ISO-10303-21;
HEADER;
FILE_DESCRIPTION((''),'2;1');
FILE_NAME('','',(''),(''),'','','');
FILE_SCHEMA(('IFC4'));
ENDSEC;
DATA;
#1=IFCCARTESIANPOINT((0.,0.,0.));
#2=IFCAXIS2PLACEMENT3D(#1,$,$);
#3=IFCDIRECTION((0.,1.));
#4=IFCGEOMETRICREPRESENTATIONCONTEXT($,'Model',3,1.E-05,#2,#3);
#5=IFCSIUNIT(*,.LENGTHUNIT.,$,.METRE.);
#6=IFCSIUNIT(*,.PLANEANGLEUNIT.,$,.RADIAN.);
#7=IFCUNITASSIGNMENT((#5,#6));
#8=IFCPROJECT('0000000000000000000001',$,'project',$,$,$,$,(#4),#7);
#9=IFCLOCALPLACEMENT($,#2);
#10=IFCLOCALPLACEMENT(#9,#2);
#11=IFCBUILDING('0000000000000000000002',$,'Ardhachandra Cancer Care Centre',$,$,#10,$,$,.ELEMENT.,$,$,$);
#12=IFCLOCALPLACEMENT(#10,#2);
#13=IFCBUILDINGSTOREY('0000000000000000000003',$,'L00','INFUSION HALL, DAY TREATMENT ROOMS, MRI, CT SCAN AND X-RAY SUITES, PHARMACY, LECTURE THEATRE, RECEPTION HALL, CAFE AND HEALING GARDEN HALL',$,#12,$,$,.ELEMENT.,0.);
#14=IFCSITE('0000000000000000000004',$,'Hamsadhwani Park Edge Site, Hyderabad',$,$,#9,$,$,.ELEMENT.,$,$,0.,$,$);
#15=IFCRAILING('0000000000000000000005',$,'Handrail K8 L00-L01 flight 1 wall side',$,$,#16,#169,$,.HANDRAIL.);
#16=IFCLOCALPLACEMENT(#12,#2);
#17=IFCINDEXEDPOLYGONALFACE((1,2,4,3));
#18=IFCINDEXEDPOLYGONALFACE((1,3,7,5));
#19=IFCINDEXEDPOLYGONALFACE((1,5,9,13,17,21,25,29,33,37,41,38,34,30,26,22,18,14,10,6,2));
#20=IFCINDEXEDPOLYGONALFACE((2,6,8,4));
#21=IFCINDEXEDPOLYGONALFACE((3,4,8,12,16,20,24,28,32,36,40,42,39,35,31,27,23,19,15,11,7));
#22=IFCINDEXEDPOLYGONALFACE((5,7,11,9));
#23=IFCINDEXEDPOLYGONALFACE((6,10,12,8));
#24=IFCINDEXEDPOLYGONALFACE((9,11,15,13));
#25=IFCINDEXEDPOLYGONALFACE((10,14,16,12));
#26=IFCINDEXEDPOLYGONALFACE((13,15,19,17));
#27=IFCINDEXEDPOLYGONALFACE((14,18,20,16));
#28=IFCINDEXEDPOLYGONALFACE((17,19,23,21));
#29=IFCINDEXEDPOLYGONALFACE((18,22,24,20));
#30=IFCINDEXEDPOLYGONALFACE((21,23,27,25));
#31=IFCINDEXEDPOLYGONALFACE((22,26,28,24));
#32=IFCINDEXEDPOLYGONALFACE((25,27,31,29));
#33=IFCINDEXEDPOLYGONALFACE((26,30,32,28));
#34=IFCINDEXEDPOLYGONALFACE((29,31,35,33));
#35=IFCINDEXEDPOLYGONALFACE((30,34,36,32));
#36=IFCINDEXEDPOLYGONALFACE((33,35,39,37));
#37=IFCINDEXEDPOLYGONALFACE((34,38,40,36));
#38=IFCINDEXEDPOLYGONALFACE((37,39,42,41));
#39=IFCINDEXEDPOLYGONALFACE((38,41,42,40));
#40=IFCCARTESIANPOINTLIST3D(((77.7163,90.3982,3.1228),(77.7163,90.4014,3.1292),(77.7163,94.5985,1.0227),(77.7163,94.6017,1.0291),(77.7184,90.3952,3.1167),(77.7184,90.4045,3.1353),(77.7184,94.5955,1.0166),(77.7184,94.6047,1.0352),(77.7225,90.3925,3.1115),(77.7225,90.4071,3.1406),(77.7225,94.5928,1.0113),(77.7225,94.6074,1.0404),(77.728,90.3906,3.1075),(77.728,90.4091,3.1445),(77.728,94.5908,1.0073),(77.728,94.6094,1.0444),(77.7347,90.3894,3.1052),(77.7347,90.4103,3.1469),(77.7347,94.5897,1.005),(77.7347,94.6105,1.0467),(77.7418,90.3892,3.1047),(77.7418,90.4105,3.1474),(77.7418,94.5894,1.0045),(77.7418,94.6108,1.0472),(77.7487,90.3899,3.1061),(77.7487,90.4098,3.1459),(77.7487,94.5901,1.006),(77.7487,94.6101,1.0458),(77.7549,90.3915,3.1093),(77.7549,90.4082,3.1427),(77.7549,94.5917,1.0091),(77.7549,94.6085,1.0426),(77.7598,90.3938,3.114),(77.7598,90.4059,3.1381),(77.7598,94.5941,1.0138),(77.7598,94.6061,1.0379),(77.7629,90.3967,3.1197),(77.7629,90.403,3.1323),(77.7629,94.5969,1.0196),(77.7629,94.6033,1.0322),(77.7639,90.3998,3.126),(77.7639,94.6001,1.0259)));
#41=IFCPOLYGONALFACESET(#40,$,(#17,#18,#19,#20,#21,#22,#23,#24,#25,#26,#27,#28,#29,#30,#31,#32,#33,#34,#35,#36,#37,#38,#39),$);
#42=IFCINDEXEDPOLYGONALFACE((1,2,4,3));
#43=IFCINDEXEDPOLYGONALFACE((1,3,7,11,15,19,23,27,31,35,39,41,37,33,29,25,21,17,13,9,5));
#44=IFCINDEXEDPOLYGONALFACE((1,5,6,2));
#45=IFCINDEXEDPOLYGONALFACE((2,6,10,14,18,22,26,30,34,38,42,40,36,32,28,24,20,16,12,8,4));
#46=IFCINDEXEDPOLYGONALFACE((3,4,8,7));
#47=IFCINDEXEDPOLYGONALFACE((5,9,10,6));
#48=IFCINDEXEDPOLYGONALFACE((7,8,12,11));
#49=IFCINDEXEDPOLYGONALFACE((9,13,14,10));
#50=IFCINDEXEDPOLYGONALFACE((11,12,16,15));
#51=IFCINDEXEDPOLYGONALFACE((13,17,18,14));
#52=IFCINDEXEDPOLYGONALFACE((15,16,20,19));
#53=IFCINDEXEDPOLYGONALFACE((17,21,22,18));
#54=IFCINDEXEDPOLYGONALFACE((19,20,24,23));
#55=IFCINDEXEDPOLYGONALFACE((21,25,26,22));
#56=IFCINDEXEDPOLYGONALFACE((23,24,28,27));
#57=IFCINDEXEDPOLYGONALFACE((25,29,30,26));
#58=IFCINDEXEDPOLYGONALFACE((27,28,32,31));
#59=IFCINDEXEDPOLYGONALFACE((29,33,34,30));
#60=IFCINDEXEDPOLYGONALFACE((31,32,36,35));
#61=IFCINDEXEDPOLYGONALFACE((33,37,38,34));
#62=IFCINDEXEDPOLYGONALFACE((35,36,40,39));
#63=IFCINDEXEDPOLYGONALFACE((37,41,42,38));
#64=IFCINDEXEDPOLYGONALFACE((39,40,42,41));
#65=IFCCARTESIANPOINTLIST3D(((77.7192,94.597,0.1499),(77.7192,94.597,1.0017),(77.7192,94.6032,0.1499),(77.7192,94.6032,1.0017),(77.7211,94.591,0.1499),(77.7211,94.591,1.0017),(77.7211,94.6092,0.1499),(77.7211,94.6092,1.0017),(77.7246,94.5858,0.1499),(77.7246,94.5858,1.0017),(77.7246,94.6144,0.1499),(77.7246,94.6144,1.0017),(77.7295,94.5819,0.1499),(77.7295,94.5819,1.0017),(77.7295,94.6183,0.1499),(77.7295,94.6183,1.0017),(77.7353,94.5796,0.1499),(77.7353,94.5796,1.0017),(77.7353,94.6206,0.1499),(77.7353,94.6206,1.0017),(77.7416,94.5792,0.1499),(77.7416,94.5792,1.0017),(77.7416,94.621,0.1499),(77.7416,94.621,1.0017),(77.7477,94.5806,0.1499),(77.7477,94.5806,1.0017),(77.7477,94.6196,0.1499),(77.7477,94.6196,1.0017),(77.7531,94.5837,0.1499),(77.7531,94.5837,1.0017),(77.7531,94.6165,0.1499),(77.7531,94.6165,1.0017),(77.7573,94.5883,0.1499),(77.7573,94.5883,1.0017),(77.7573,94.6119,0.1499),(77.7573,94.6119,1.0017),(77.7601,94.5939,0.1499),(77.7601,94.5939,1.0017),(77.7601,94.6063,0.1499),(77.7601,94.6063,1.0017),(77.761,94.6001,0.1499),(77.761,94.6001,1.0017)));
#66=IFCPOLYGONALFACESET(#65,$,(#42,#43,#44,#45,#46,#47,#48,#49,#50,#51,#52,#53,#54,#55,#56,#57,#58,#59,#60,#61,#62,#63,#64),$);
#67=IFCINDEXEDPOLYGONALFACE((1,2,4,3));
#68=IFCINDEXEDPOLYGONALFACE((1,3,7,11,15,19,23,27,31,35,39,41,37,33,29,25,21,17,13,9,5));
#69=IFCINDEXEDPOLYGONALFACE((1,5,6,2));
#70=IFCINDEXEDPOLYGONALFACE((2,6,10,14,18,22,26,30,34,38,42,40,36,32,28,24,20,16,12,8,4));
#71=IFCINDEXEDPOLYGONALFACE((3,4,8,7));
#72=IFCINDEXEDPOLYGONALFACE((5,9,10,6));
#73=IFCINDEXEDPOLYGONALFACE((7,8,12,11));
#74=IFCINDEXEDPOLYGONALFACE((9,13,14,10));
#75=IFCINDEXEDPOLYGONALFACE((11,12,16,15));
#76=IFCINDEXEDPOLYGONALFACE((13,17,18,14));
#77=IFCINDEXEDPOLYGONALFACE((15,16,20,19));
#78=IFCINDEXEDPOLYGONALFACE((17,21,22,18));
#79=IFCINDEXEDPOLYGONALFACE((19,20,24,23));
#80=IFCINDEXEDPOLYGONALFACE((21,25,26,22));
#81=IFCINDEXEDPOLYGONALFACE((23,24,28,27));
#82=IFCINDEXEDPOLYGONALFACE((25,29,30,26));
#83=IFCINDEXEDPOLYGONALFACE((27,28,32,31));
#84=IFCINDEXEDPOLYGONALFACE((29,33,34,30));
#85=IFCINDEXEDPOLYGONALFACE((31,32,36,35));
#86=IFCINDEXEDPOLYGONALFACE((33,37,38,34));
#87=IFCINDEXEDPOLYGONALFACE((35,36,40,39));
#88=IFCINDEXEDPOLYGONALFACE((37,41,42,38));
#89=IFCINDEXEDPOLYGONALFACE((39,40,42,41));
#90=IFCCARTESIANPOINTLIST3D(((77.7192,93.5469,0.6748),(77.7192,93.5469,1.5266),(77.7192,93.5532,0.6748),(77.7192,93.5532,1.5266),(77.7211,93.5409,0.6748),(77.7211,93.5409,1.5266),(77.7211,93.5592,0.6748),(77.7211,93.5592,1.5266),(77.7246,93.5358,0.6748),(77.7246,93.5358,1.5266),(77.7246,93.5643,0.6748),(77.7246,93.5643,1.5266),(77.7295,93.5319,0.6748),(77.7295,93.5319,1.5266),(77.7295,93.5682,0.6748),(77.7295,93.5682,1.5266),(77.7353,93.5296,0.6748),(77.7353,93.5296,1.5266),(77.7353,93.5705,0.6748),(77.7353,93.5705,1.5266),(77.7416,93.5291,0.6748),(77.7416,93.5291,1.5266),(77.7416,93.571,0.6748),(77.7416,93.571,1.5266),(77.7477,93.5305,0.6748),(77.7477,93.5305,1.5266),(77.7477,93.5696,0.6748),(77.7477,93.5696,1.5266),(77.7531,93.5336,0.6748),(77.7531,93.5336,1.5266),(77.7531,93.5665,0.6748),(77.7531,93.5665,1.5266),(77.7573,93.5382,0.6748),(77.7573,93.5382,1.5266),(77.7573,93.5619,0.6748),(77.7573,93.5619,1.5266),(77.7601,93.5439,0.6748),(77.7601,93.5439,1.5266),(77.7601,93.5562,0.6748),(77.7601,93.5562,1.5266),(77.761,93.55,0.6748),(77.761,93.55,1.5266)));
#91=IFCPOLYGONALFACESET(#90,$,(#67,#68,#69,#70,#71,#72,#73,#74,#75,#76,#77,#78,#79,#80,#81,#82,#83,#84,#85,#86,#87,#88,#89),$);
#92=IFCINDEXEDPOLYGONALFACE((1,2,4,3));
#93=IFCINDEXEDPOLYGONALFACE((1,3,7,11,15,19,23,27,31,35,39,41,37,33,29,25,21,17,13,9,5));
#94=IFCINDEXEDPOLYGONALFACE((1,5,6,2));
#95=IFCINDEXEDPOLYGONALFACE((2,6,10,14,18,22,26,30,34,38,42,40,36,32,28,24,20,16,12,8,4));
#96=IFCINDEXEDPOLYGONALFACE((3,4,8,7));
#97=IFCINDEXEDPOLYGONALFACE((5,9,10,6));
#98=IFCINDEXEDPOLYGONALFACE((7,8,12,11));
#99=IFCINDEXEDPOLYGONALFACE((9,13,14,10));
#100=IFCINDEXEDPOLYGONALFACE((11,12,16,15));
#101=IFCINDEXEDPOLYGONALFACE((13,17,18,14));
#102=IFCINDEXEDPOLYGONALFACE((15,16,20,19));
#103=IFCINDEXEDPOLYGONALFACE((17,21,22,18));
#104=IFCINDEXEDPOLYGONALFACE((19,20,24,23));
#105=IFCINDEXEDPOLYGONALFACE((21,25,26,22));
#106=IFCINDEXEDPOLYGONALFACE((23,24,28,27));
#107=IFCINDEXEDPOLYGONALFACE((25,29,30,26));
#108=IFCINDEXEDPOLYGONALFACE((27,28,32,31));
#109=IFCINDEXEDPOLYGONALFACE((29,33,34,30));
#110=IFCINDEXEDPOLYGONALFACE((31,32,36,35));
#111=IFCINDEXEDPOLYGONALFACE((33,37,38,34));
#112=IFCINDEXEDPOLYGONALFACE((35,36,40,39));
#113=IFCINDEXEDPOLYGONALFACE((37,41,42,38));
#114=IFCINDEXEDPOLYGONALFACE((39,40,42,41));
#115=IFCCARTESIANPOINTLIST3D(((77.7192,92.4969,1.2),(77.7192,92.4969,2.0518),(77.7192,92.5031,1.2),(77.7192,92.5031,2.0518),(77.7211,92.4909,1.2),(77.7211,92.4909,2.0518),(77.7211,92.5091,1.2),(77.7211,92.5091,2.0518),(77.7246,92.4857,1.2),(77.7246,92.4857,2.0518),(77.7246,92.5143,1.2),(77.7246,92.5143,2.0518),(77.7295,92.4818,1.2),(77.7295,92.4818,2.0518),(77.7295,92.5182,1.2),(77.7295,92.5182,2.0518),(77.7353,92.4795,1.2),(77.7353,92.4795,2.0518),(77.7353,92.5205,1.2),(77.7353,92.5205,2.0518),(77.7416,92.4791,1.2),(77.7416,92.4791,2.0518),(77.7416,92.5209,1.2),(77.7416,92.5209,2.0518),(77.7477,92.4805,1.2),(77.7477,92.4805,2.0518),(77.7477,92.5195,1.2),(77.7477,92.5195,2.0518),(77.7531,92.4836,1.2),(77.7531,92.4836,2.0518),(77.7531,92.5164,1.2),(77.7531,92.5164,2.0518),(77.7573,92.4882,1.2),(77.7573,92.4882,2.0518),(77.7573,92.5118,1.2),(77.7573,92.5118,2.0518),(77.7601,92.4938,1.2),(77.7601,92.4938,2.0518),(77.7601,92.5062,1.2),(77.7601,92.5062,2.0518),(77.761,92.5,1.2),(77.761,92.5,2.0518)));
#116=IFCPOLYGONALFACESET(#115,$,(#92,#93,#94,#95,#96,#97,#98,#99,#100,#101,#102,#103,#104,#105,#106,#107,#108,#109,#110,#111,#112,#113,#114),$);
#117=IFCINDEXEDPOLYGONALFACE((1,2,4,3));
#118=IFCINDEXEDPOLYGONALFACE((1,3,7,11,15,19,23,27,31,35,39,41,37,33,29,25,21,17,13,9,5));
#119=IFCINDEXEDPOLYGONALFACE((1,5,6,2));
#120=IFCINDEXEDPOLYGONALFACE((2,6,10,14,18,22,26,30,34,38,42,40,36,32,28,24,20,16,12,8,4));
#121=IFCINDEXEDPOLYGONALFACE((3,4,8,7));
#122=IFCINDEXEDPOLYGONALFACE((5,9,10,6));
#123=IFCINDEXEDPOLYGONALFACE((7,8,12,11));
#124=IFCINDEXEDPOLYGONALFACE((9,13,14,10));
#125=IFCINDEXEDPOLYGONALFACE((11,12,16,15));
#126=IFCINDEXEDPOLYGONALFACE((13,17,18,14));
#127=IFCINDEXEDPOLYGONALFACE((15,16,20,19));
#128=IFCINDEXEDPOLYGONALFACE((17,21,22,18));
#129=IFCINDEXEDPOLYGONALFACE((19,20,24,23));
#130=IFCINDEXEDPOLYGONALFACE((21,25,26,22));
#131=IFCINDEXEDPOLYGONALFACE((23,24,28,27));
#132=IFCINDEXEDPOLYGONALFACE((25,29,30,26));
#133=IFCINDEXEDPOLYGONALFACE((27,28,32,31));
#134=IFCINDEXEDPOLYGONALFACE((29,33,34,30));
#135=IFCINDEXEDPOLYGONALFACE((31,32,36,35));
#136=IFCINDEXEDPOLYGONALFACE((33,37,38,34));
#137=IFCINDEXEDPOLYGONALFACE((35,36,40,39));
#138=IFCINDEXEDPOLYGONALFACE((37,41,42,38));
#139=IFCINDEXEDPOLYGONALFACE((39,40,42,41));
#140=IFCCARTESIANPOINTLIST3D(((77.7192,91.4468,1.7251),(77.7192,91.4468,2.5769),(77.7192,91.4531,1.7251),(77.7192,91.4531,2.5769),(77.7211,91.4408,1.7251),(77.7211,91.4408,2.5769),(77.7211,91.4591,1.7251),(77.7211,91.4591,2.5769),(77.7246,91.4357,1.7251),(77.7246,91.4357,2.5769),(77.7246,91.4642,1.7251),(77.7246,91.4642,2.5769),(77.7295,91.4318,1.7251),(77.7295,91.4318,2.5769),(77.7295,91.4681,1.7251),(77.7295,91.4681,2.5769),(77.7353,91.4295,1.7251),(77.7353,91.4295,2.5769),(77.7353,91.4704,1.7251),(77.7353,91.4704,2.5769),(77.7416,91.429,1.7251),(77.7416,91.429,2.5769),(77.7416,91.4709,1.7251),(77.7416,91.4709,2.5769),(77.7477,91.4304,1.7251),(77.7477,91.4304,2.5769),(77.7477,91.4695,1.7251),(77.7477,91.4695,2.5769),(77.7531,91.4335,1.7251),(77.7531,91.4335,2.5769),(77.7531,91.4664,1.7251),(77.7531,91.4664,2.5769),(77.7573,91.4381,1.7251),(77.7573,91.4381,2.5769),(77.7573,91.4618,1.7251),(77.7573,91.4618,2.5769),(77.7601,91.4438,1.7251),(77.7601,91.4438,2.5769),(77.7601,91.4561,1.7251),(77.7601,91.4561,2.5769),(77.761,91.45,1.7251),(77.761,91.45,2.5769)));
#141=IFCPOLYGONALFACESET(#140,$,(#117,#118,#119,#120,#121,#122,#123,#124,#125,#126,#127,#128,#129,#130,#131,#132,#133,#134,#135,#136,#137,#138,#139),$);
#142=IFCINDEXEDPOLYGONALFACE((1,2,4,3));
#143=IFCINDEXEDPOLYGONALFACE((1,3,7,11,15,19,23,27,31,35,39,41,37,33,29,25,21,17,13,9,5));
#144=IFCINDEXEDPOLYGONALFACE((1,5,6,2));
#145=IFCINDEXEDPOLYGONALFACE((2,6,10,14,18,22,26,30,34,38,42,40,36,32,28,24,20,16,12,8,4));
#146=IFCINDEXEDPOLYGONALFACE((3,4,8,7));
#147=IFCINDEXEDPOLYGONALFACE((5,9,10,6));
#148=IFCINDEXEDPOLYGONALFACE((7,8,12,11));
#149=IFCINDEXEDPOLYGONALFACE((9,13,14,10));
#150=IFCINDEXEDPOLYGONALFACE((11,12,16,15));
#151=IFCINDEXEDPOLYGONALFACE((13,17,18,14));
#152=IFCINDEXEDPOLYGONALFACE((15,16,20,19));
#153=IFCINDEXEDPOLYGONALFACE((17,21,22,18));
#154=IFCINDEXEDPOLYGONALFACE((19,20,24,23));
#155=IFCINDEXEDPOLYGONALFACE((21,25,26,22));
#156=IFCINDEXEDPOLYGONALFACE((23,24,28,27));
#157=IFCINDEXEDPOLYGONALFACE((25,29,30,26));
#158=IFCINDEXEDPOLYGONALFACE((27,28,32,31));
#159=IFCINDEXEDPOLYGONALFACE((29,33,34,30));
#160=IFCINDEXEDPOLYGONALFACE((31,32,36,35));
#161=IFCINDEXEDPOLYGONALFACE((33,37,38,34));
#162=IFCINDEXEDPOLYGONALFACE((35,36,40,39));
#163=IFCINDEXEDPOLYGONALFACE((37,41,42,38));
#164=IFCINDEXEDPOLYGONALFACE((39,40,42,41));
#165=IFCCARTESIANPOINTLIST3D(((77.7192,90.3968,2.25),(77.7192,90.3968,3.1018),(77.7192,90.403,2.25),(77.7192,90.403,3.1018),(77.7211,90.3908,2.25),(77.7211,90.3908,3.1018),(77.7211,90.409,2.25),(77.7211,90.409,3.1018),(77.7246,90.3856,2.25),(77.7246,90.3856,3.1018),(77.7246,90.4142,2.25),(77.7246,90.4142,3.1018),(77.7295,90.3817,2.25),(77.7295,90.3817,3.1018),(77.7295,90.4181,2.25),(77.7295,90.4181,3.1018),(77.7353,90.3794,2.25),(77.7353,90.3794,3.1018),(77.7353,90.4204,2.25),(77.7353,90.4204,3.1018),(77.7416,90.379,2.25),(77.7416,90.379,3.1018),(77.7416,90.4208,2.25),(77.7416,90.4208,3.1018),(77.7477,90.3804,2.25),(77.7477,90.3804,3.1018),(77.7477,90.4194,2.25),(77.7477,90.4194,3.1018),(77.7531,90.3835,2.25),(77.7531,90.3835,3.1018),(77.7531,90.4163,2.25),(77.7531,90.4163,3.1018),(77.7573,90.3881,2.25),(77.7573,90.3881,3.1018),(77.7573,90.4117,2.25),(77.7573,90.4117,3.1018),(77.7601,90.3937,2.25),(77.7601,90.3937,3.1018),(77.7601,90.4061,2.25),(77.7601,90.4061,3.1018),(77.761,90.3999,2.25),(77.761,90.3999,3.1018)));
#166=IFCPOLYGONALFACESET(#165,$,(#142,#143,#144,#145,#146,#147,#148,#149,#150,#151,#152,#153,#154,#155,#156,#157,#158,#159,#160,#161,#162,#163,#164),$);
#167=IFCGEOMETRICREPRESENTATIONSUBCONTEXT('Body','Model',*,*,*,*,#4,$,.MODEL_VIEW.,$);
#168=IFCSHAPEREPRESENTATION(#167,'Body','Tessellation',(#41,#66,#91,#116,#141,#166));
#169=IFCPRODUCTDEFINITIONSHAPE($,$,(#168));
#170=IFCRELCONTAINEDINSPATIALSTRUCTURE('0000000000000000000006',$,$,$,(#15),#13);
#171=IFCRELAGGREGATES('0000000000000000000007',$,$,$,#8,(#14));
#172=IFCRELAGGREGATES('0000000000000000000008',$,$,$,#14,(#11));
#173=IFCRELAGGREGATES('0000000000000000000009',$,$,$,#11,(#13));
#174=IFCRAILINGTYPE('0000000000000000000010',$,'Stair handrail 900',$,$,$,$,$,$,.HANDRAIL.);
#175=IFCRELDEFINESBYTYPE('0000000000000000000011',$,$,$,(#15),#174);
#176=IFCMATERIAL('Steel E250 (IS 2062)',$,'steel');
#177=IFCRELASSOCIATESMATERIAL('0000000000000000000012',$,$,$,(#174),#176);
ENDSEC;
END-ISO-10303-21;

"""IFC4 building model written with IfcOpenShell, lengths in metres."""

from ifc_helpers import new_model, si_unit, direction, frame, origin, origin_2d, place, context, subcontext, project, spatial, circle, extrude, material, type_object, element, save


model = new_model("IFC4")

# Units and contexts
model_context = context("Model", 3, precision=1e-05, world=origin(), true_north=direction((0.0, 1.0)))
body_context = subcontext(model_context, "Body", "Model", "MODEL_VIEW")
ifc_project = project(units=[si_unit("LENGTHUNIT", "METRE"), si_unit("PLANEANGLEUNIT", "RADIAN")], contexts=[model_context])

# Site, building, storey
site_placement = place(None, origin())
site = spatial("IfcSite", under=ifc_project, at=site_placement, Name="Hamsadhwani Park Edge Site, Hyderabad", CompositionType="ELEMENT", RefElevation=0.0)
building_placement = place(site_placement, origin())
building = spatial("IfcBuilding", under=site, at=building_placement, Name="Ardhachandra Cancer Care Centre", CompositionType="ELEMENT")
storey_placement = place(building_placement, origin())
storey = spatial("IfcBuildingStorey", under=building, at=storey_placement, Name="L00", Description="INFUSION HALL, DAY TREATMENT ROOMS, MRI, CT SCAN AND X-RAY SUITES, PHARMACY, LECTURE THEATRE, RECEPTION HALL, CAFE AND HEALING GARDEN HALL", CompositionType="ELEMENT", Elevation=0.0)

# Railing
ifc_material_1 = material(Name="Steel E250 (IS 2062)", Category="steel")
railing_type_1 = type_object("IfcRailingType", Name="Stair handrail 900", PredefinedType="HANDRAIL", material=ifc_material_1)
for number, where, name in (
    (1, (77.74, 94.6001, 0.1499), "Handrail K8 L00-L01 flight 1 wall side"),
):
    element("IfcRailing", number, at=place(storey_placement, frame(where)), inside=storey, type_object=railing_type_1, Name=name, PredefinedType="HANDRAIL", context=body_context, shape_type="SweptSolid", body=[
        extrude(circle(Radius=0.0239, at=origin_2d()), frame((0.0, 0.0, 0.876), z_axis=(0.0, -0.894427, 0.447214), x_axis=(1.0, 0.0, 0.0)), (0.0, 0.0, 1.0), 4.696),
        extrude(circle(Radius=0.021, at=origin_2d()), origin(), (0.0, 0.0, 1.0), 0.8518),
        extrude(circle(Radius=0.021, at=origin_2d()), frame((0.0, -1.05, 0.5249)), (0.0, 0.0, 1.0), 0.8518),
        extrude(circle(Radius=0.021, at=origin_2d()), frame((0.0, -2.1001, 1.05)), (0.0, 0.0, 1.0), 0.8518),
        extrude(circle(Radius=0.021, at=origin_2d()), frame((0.0, -3.1501, 1.5752)), (0.0, 0.0, 1.0), 0.8518),
        extrude(circle(Radius=0.021, at=origin_2d()), frame((0.0, -4.2002, 2.1001)), (0.0, 0.0, 1.0), 0.8518),
    ])

save(model, "model.ifc")
